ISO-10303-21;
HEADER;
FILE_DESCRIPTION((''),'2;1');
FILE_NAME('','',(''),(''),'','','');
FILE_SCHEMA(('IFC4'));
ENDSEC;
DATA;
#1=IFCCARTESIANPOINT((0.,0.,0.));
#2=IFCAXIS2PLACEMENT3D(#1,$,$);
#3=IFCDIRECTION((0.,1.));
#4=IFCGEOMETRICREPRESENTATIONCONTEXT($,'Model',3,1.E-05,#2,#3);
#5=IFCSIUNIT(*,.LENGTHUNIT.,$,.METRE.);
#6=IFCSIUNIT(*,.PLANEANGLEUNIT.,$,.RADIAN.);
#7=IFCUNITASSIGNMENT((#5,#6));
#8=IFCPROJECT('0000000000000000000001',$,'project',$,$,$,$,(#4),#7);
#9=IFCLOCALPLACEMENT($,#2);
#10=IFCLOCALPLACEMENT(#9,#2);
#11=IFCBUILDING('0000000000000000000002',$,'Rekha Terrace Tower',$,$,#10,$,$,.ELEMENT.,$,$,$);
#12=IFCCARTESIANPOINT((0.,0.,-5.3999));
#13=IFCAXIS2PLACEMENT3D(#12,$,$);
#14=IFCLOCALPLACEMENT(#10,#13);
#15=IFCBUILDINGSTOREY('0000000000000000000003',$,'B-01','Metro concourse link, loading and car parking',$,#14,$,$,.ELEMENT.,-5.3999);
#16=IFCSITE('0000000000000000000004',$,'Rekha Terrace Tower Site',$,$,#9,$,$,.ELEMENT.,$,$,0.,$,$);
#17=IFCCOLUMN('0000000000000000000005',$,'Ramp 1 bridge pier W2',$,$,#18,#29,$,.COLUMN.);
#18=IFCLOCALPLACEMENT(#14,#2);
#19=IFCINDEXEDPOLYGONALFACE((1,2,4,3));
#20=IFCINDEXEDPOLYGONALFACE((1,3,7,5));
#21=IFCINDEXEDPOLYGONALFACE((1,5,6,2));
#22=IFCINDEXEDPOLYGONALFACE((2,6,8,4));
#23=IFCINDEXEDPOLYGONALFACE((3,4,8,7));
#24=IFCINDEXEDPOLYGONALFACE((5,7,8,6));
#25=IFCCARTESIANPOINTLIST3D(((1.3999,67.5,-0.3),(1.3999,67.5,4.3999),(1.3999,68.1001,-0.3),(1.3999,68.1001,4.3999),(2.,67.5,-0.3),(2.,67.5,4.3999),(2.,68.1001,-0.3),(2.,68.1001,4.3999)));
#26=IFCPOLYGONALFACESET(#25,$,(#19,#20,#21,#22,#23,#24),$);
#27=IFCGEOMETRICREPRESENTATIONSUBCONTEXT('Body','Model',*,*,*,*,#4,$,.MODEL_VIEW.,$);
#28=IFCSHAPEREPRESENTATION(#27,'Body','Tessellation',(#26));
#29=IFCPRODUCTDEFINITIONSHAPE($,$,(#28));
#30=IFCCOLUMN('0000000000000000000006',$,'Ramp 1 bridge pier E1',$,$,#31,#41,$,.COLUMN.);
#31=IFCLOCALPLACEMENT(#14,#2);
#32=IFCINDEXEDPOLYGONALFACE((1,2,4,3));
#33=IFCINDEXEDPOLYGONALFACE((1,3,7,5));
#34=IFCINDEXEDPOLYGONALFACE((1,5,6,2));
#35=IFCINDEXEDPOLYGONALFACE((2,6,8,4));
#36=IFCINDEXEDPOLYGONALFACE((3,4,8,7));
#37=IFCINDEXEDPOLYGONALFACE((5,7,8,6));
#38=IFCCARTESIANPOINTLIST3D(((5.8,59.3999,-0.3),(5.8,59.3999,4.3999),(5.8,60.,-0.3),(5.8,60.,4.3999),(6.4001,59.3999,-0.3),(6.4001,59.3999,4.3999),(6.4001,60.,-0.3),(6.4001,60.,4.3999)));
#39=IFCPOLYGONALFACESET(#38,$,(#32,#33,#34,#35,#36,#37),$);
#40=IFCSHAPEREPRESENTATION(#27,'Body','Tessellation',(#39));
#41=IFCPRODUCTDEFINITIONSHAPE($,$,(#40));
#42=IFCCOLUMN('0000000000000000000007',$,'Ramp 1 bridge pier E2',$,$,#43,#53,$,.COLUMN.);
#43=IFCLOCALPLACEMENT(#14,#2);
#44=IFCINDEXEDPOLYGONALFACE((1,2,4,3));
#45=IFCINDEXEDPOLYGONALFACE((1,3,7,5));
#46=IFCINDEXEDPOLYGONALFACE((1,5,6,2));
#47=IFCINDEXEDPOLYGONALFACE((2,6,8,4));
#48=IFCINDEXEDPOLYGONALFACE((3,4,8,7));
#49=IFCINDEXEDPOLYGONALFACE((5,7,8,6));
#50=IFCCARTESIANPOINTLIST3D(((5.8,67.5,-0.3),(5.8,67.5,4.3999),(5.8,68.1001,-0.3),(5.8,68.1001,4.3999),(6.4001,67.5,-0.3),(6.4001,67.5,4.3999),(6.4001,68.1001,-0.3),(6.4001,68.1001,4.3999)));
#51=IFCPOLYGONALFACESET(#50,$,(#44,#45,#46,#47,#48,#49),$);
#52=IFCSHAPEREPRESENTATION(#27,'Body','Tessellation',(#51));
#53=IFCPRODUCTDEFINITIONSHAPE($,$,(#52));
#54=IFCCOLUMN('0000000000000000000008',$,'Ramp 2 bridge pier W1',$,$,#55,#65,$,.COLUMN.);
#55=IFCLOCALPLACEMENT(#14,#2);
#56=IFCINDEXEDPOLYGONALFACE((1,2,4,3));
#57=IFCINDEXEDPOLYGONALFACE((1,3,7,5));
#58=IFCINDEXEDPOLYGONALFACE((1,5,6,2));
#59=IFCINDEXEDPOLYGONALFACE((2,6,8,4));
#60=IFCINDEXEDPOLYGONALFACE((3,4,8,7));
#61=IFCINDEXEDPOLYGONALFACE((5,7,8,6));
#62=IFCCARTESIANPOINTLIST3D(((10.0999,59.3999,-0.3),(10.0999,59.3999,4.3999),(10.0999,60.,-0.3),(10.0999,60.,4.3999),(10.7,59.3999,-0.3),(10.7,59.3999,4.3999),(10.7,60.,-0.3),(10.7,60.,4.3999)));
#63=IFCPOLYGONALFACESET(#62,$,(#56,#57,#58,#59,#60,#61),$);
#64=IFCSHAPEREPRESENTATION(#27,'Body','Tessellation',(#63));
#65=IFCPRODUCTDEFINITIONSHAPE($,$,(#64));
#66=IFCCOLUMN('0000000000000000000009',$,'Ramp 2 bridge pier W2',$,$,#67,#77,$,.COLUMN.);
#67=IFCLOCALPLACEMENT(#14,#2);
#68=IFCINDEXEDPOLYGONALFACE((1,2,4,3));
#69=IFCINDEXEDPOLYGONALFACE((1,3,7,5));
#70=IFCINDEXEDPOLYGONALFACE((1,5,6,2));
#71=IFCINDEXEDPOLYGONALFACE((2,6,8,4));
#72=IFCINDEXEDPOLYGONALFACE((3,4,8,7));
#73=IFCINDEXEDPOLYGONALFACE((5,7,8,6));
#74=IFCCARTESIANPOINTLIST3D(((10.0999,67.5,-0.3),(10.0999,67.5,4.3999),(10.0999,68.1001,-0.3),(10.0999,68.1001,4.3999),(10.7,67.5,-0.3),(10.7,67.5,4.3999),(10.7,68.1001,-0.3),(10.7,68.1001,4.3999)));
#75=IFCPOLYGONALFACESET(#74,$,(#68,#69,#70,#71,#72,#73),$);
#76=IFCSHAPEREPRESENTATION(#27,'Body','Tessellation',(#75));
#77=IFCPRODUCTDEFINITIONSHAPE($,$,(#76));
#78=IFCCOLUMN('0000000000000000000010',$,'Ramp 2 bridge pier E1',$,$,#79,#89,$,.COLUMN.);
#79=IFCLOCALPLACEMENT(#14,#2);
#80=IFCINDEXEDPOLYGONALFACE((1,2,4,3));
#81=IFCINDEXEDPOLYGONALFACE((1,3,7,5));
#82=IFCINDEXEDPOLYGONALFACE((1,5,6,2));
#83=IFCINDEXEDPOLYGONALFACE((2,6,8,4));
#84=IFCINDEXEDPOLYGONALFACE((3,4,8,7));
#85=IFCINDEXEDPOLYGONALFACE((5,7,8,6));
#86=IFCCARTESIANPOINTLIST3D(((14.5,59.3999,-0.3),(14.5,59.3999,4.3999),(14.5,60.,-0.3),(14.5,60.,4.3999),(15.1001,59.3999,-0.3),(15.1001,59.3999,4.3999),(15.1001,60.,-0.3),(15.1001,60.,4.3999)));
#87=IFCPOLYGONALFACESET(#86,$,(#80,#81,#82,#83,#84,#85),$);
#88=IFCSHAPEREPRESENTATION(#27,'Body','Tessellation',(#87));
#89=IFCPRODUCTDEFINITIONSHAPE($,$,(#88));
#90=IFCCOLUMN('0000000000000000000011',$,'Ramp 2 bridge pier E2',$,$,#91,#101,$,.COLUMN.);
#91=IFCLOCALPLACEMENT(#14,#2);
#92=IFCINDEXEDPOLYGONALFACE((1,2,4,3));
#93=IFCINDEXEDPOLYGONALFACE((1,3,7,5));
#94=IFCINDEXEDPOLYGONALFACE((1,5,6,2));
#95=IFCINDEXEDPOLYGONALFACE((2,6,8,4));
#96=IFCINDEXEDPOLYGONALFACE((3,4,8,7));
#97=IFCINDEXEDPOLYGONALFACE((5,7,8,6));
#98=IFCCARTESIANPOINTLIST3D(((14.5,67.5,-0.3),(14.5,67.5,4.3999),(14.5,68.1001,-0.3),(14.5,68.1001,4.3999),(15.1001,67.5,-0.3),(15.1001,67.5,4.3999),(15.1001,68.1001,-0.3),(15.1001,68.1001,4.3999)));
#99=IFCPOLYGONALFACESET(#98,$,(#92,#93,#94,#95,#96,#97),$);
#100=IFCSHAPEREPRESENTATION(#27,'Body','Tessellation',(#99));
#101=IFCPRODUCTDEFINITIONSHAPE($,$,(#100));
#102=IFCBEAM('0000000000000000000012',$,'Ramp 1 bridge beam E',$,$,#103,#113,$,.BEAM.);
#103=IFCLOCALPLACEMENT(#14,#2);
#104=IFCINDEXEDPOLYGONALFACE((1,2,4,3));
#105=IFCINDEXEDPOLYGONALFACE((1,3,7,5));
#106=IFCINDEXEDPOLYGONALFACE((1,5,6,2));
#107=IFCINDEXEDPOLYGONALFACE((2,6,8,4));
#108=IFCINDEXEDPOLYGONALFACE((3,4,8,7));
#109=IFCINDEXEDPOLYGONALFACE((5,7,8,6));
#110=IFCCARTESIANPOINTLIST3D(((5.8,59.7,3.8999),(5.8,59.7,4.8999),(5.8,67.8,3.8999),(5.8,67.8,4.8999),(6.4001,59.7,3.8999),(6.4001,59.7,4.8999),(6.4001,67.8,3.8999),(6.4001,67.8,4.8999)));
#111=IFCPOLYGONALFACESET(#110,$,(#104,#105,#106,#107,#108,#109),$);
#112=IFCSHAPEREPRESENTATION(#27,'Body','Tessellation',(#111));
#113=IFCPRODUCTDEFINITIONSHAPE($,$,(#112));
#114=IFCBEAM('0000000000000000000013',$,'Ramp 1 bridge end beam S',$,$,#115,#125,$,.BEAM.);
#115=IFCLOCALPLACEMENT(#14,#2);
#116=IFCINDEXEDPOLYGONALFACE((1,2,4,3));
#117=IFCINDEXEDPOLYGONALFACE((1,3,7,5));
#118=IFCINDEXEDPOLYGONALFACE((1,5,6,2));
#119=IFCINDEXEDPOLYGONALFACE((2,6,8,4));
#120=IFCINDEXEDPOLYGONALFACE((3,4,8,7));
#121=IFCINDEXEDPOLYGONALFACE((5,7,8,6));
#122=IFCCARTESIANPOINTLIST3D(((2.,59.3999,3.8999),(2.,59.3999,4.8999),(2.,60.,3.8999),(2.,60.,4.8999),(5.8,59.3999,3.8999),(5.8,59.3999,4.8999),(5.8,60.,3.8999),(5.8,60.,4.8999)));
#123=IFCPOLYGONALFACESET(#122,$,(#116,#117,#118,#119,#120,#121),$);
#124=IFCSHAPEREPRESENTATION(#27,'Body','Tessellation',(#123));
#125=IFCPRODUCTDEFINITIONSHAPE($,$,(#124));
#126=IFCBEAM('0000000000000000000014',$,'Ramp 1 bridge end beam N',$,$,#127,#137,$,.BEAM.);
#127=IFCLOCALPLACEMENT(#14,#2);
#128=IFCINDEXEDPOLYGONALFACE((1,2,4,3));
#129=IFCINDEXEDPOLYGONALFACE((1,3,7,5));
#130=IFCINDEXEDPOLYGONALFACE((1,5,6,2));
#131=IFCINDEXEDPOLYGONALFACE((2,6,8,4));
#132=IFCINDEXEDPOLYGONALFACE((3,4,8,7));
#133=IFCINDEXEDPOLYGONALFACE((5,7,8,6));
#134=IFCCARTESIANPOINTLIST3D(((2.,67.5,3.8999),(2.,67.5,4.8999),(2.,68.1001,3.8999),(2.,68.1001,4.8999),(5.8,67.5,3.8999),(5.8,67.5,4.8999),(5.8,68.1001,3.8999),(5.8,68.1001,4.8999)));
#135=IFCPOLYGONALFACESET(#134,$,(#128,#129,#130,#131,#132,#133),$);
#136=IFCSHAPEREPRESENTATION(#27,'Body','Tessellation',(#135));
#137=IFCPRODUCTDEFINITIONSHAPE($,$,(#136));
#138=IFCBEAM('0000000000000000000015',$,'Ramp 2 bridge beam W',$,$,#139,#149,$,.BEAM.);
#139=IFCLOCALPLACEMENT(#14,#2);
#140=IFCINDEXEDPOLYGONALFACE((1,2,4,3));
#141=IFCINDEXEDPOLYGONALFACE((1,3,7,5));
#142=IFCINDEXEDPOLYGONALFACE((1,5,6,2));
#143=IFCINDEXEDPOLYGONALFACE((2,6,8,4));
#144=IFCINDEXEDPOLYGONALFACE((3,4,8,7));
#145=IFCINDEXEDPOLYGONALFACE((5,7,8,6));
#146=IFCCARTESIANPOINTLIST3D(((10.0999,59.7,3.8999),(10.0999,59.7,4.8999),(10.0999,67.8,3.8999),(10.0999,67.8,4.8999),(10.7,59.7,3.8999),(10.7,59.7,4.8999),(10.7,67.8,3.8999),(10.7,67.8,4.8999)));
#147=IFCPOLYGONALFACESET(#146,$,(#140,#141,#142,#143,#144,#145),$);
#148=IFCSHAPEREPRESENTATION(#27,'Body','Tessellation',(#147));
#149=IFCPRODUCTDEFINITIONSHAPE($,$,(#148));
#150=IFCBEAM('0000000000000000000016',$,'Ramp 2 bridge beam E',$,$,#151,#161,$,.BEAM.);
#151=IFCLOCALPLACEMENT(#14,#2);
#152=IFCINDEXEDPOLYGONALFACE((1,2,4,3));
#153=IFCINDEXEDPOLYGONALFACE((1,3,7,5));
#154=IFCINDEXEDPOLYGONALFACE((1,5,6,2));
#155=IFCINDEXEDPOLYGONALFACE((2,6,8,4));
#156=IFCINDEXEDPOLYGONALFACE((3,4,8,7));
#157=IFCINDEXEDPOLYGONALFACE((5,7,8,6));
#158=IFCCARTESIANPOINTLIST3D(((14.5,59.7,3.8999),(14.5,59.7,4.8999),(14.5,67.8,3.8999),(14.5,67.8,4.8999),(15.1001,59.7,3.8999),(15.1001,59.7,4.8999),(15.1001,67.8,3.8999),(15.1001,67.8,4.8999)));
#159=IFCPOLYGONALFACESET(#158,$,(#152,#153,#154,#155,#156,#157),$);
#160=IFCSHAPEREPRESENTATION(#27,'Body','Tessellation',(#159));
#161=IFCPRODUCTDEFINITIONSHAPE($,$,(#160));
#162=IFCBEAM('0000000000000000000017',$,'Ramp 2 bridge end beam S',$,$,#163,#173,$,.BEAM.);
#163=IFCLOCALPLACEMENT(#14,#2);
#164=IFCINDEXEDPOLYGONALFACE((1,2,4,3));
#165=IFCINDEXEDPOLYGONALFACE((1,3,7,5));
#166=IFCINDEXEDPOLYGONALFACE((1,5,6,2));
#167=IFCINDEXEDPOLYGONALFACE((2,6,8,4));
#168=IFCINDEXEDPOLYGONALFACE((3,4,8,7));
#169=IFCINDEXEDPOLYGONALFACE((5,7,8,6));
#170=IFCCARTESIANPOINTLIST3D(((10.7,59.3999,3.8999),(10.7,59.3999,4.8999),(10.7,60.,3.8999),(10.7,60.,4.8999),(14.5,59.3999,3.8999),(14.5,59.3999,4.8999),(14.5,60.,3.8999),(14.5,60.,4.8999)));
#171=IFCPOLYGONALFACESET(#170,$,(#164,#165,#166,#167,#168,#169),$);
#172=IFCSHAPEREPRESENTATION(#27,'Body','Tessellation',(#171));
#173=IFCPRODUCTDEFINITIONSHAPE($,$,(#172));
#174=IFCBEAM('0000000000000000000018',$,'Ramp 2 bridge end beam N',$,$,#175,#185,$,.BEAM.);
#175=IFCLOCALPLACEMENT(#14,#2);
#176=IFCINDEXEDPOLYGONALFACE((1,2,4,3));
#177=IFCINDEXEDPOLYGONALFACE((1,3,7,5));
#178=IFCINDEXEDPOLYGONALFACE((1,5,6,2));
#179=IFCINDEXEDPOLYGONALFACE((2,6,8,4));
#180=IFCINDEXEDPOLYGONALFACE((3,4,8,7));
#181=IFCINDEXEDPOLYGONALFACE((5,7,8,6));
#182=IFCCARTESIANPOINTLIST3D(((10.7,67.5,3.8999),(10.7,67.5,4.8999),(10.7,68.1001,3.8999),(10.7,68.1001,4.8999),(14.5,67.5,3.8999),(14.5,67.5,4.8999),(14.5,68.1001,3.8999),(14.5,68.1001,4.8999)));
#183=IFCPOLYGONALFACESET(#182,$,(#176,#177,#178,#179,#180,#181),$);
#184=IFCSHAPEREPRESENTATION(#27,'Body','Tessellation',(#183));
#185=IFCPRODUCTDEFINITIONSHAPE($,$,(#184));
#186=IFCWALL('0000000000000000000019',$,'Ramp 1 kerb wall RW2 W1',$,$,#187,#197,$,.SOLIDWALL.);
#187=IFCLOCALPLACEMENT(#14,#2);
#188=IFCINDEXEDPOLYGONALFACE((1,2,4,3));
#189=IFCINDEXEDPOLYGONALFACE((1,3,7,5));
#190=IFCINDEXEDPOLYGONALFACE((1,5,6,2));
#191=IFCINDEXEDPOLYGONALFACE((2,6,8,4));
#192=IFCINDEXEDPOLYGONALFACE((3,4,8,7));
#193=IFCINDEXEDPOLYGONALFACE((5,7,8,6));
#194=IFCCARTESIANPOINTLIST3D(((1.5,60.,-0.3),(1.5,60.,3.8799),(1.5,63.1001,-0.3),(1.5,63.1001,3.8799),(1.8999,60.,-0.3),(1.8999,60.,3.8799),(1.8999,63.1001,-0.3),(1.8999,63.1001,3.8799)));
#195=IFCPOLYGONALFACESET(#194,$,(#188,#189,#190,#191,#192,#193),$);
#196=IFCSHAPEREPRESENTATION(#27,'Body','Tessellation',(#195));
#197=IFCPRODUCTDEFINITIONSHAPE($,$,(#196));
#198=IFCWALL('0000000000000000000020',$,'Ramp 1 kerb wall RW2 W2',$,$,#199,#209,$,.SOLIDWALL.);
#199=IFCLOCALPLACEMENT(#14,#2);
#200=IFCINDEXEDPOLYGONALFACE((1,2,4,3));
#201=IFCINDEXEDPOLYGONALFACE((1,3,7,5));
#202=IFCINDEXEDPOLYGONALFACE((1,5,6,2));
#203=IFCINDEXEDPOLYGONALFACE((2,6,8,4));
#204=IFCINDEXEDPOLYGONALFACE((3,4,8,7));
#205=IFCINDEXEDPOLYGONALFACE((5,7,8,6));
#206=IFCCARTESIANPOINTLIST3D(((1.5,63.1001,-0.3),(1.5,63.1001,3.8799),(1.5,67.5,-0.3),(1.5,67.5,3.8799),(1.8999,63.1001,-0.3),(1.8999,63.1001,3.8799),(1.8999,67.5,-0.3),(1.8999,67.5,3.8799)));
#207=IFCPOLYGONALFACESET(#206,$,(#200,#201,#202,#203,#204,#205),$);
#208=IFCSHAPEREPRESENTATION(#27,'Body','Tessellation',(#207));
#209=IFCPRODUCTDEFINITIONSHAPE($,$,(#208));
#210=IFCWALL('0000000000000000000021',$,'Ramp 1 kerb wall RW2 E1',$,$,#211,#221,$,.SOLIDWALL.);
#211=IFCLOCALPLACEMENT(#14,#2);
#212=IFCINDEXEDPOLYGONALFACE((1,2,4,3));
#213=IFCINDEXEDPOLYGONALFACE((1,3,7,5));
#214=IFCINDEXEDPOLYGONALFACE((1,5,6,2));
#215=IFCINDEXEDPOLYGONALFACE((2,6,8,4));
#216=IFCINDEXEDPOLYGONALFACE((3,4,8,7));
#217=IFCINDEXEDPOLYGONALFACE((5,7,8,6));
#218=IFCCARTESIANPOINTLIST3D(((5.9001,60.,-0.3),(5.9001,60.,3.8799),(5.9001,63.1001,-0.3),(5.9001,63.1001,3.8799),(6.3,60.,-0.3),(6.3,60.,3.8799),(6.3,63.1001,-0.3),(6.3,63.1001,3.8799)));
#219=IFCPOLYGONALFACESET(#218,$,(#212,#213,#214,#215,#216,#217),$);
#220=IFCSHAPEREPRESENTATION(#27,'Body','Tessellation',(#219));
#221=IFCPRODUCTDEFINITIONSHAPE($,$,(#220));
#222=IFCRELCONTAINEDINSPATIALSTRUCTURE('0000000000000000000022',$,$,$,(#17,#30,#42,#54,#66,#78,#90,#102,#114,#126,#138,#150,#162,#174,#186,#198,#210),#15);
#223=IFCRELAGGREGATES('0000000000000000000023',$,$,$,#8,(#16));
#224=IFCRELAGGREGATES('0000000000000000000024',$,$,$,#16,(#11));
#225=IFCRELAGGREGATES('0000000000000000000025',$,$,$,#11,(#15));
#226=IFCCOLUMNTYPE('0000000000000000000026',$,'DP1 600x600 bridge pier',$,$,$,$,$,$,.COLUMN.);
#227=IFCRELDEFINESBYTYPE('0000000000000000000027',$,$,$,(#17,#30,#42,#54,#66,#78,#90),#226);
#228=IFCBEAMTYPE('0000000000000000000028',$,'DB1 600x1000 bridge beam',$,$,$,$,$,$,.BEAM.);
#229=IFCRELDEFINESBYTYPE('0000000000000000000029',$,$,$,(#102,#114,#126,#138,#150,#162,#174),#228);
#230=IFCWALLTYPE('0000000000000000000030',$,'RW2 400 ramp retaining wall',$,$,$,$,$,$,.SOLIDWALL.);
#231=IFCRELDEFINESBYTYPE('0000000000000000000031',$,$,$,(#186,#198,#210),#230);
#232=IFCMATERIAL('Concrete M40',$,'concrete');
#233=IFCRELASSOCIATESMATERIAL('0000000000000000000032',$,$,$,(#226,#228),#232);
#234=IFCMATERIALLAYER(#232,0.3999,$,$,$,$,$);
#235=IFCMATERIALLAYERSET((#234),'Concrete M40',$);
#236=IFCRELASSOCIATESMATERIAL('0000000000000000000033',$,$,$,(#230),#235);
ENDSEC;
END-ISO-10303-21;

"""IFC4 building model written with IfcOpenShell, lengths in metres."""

from ifc_helpers import new_model, si_unit, direction, frame, frame_2d, origin, origin_2d, place, context, subcontext, project, spatial, rectangle, extrude, material, layer, layer_set, material_profile, profile_set, type_object, element, save


model = new_model("IFC4")

# Units and contexts
model_context = context("Model", 3, precision=1e-05, world=origin(), true_north=direction((0.0, 1.0)))
body_context = subcontext(model_context, "Body", "Model", "MODEL_VIEW")
ifc_project = project(units=[si_unit("LENGTHUNIT", "METRE"), si_unit("PLANEANGLEUNIT", "RADIAN")], contexts=[model_context])

# Site, building, storey
site_placement = place(None, origin())
site = spatial("IfcSite", under=ifc_project, at=site_placement, Name="Rekha Terrace Tower Site", CompositionType="ELEMENT", RefElevation=0.0)
building_placement = place(site_placement, origin())
building = spatial("IfcBuilding", under=site, at=building_placement, Name="Rekha Terrace Tower", CompositionType="ELEMENT")
storey_placement = place(building_placement, frame((0.0, 0.0, -5.3999)))
storey = spatial("IfcBuildingStorey", under=building, at=storey_placement, Name="B-01", Description="Metro concourse link, loading and car parking", CompositionType="ELEMENT", Elevation=-5.3999)

# Columns
ifc_material = material(Name="Concrete M40", Category="concrete")
ifc_material_profile_1 = material_profile(ifc_material, rectangle(XDim=0.6001, YDim=0.6001, at=origin_2d()), Name="RC 600x600")
ifc_profile_set_1 = profile_set([ifc_material_profile_1], Name="Concrete M40")
column_type = type_object("IfcColumnType", Name="DP1 600x600 bridge pier", PredefinedType="COLUMN", material=ifc_profile_set_1)
for number, where, z_axis, x_axis, name in (
    (1, (1.7, 67.8, -0.3), (0.0, 0.0, 1.0), (1.0, 0.0, 0.0), "Ramp 1 bridge pier W2"),
    (2, (6.1001, 59.7, -0.3), (0.0, 0.0, 1.0), (1.0, 0.0, 0.0), "Ramp 1 bridge pier E1"),
    (3, (6.1001, 67.8, -0.3), (0.0, 0.0, 1.0), (1.0, 0.0, 0.0), "Ramp 1 bridge pier E2"),
    (4, (10.3999, 59.7, -0.3), (0.0, 0.0, 1.0), (1.0, 0.0, 0.0), "Ramp 2 bridge pier W1"),
    (5, (10.3999, 67.8, -0.3), (0.0, 0.0, 1.0), (1.0, 0.0, 0.0), "Ramp 2 bridge pier W2"),
    (6, (14.8, 59.7, -0.3), (0.0, 0.0, 1.0), (1.0, 0.0, 0.0), "Ramp 2 bridge pier E1"),
    (7, (14.8, 67.8, -0.3), (0.0, 0.0, 1.0), (1.0, 0.0, 0.0), "Ramp 2 bridge pier E2"),
):
    element("IfcColumn", number, at=place(storey_placement, frame(where, z_axis=z_axis, x_axis=x_axis)), inside=storey, type_object=column_type, Name=name, PredefinedType="COLUMN", context=body_context, shape_type="SweptSolid", body=[
        extrude(rectangle(XDim=0.6001, YDim=0.6001, at=origin_2d()), origin(), (0.0, 0.0, 1.0), 4.7),
    ])

# Beams
ifc_material_profile_2 = material_profile(ifc_material, rectangle(XDim=0.6001, YDim=1.0, at=origin_2d()), Name="RC 600x1000")
ifc_profile_set_2 = profile_set([ifc_material_profile_2], Name="Concrete M40")
beam_type = type_object("IfcBeamType", Name="DB1 600x1000 bridge beam", PredefinedType="BEAM", material=ifc_profile_set_2)
beam_placement = place(storey_placement, frame((6.1001, 59.7, 4.3999), z_axis=(0.0, 1.0, 0.0), x_axis=(-1.0, 0.0, 0.0)))
element("IfcBeam", 8, at=beam_placement, inside=storey, type_object=beam_type, Name="Ramp 1 bridge beam E", PredefinedType="BEAM", context=body_context, shape_type="SweptSolid", body=[
    extrude(rectangle(XDim=0.6001, YDim=1.0, at=origin_2d()), origin(), (0.0, 0.0, 1.0), 8.1001),
])
for number, where, z_axis, x_axis, name in (
    (9, (2.0, 59.7, 4.3999), (1.0, 0.0, 0.0), (0.0, 1.0, 0.0), "Ramp 1 bridge end beam S"),
    (10, (2.0, 67.8, 4.3999), (1.0, 0.0, 0.0), (0.0, 1.0, 0.0), "Ramp 1 bridge end beam N"),
):
    element("IfcBeam", number, at=place(storey_placement, frame(where, z_axis=z_axis, x_axis=x_axis)), inside=storey, type_object=beam_type, Name=name, PredefinedType="BEAM", context=body_context, shape_type="SweptSolid", body=[
        extrude(rectangle(XDim=0.6001, YDim=1.0, at=origin_2d()), origin(), (0.0, 0.0, 1.0), 3.8),
    ])
for number, where, z_axis, x_axis, name in (
    (11, (10.3999, 59.7, 4.3999), (0.0, 1.0, 0.0), (-1.0, 0.0, 0.0), "Ramp 2 bridge beam W"),
    (12, (14.8, 59.7, 4.3999), (0.0, 1.0, 0.0), (-1.0, 0.0, 0.0), "Ramp 2 bridge beam E"),
):
    element("IfcBeam", number, at=place(storey_placement, frame(where, z_axis=z_axis, x_axis=x_axis)), inside=storey, type_object=beam_type, Name=name, PredefinedType="BEAM", context=body_context, shape_type="SweptSolid", body=[
        extrude(rectangle(XDim=0.6001, YDim=1.0, at=origin_2d()), origin(), (0.0, 0.0, 1.0), 8.1001),
    ])
for number, where, z_axis, x_axis, name in (
    (13, (10.7, 59.7, 4.3999), (1.0, 0.0, 0.0), (0.0, 1.0, 0.0), "Ramp 2 bridge end beam S"),
    (14, (10.7, 67.8, 4.3999), (1.0, 0.0, 0.0), (0.0, 1.0, 0.0), "Ramp 2 bridge end beam N"),
):
    element("IfcBeam", number, at=place(storey_placement, frame(where, z_axis=z_axis, x_axis=x_axis)), inside=storey, type_object=beam_type, Name=name, PredefinedType="BEAM", context=body_context, shape_type="SweptSolid", body=[
        extrude(rectangle(XDim=0.6001, YDim=1.0, at=origin_2d()), origin(), (0.0, 0.0, 1.0), 3.8),
    ])

# Walls
ifc_layer = layer(ifc_material, 0.3999)
ifc_layer_set = layer_set([ifc_layer], Name="Concrete M40")
wall_type = type_object("IfcWallType", Name="RW2 400 ramp retaining wall", PredefinedType="SOLIDWALL", material=ifc_layer_set)
wall_1_placement = place(storey_placement, frame((1.7, 60.0, -0.3), z_axis=(0.0, 0.0, 1.0), x_axis=(0.0, 1.0, 0.0)))
element("IfcWall", 15, at=wall_1_placement, inside=storey, type_object=wall_type, Name="Ramp 1 kerb wall RW2 W1", PredefinedType="SOLIDWALL", context=body_context, shape_type="SweptSolid", body=[
    extrude(rectangle(XDim=3.1001, YDim=0.3999, at=frame_2d((1.55, 0.0))), origin(), (0.0, 0.0, 1.0), 4.1799),
])
wall_2_placement = place(storey_placement, frame((1.7, 63.1001, -0.3), z_axis=(0.0, 0.0, 1.0), x_axis=(0.0, 1.0, 0.0)))
element("IfcWall", 16, at=wall_2_placement, inside=storey, type_object=wall_type, Name="Ramp 1 kerb wall RW2 W2", PredefinedType="SOLIDWALL", context=body_context, shape_type="SweptSolid", body=[
    extrude(rectangle(XDim=4.3999, YDim=0.3999, at=frame_2d((2.2, 0.0))), origin(), (0.0, 0.0, 1.0), 4.1799),
])
wall_3_placement = place(storey_placement, frame((6.1001, 60.0, -0.3), z_axis=(0.0, 0.0, 1.0), x_axis=(0.0, 1.0, 0.0)))
element("IfcWall", 17, at=wall_3_placement, inside=storey, type_object=wall_type, Name="Ramp 1 kerb wall RW2 E1", PredefinedType="SOLIDWALL", context=body_context, shape_type="SweptSolid", body=[
    extrude(rectangle(XDim=3.1001, YDim=0.3999, at=frame_2d((1.55, 0.0))), origin(), (0.0, 0.0, 1.0), 4.1799),
])

save(model, "model.ifc")
